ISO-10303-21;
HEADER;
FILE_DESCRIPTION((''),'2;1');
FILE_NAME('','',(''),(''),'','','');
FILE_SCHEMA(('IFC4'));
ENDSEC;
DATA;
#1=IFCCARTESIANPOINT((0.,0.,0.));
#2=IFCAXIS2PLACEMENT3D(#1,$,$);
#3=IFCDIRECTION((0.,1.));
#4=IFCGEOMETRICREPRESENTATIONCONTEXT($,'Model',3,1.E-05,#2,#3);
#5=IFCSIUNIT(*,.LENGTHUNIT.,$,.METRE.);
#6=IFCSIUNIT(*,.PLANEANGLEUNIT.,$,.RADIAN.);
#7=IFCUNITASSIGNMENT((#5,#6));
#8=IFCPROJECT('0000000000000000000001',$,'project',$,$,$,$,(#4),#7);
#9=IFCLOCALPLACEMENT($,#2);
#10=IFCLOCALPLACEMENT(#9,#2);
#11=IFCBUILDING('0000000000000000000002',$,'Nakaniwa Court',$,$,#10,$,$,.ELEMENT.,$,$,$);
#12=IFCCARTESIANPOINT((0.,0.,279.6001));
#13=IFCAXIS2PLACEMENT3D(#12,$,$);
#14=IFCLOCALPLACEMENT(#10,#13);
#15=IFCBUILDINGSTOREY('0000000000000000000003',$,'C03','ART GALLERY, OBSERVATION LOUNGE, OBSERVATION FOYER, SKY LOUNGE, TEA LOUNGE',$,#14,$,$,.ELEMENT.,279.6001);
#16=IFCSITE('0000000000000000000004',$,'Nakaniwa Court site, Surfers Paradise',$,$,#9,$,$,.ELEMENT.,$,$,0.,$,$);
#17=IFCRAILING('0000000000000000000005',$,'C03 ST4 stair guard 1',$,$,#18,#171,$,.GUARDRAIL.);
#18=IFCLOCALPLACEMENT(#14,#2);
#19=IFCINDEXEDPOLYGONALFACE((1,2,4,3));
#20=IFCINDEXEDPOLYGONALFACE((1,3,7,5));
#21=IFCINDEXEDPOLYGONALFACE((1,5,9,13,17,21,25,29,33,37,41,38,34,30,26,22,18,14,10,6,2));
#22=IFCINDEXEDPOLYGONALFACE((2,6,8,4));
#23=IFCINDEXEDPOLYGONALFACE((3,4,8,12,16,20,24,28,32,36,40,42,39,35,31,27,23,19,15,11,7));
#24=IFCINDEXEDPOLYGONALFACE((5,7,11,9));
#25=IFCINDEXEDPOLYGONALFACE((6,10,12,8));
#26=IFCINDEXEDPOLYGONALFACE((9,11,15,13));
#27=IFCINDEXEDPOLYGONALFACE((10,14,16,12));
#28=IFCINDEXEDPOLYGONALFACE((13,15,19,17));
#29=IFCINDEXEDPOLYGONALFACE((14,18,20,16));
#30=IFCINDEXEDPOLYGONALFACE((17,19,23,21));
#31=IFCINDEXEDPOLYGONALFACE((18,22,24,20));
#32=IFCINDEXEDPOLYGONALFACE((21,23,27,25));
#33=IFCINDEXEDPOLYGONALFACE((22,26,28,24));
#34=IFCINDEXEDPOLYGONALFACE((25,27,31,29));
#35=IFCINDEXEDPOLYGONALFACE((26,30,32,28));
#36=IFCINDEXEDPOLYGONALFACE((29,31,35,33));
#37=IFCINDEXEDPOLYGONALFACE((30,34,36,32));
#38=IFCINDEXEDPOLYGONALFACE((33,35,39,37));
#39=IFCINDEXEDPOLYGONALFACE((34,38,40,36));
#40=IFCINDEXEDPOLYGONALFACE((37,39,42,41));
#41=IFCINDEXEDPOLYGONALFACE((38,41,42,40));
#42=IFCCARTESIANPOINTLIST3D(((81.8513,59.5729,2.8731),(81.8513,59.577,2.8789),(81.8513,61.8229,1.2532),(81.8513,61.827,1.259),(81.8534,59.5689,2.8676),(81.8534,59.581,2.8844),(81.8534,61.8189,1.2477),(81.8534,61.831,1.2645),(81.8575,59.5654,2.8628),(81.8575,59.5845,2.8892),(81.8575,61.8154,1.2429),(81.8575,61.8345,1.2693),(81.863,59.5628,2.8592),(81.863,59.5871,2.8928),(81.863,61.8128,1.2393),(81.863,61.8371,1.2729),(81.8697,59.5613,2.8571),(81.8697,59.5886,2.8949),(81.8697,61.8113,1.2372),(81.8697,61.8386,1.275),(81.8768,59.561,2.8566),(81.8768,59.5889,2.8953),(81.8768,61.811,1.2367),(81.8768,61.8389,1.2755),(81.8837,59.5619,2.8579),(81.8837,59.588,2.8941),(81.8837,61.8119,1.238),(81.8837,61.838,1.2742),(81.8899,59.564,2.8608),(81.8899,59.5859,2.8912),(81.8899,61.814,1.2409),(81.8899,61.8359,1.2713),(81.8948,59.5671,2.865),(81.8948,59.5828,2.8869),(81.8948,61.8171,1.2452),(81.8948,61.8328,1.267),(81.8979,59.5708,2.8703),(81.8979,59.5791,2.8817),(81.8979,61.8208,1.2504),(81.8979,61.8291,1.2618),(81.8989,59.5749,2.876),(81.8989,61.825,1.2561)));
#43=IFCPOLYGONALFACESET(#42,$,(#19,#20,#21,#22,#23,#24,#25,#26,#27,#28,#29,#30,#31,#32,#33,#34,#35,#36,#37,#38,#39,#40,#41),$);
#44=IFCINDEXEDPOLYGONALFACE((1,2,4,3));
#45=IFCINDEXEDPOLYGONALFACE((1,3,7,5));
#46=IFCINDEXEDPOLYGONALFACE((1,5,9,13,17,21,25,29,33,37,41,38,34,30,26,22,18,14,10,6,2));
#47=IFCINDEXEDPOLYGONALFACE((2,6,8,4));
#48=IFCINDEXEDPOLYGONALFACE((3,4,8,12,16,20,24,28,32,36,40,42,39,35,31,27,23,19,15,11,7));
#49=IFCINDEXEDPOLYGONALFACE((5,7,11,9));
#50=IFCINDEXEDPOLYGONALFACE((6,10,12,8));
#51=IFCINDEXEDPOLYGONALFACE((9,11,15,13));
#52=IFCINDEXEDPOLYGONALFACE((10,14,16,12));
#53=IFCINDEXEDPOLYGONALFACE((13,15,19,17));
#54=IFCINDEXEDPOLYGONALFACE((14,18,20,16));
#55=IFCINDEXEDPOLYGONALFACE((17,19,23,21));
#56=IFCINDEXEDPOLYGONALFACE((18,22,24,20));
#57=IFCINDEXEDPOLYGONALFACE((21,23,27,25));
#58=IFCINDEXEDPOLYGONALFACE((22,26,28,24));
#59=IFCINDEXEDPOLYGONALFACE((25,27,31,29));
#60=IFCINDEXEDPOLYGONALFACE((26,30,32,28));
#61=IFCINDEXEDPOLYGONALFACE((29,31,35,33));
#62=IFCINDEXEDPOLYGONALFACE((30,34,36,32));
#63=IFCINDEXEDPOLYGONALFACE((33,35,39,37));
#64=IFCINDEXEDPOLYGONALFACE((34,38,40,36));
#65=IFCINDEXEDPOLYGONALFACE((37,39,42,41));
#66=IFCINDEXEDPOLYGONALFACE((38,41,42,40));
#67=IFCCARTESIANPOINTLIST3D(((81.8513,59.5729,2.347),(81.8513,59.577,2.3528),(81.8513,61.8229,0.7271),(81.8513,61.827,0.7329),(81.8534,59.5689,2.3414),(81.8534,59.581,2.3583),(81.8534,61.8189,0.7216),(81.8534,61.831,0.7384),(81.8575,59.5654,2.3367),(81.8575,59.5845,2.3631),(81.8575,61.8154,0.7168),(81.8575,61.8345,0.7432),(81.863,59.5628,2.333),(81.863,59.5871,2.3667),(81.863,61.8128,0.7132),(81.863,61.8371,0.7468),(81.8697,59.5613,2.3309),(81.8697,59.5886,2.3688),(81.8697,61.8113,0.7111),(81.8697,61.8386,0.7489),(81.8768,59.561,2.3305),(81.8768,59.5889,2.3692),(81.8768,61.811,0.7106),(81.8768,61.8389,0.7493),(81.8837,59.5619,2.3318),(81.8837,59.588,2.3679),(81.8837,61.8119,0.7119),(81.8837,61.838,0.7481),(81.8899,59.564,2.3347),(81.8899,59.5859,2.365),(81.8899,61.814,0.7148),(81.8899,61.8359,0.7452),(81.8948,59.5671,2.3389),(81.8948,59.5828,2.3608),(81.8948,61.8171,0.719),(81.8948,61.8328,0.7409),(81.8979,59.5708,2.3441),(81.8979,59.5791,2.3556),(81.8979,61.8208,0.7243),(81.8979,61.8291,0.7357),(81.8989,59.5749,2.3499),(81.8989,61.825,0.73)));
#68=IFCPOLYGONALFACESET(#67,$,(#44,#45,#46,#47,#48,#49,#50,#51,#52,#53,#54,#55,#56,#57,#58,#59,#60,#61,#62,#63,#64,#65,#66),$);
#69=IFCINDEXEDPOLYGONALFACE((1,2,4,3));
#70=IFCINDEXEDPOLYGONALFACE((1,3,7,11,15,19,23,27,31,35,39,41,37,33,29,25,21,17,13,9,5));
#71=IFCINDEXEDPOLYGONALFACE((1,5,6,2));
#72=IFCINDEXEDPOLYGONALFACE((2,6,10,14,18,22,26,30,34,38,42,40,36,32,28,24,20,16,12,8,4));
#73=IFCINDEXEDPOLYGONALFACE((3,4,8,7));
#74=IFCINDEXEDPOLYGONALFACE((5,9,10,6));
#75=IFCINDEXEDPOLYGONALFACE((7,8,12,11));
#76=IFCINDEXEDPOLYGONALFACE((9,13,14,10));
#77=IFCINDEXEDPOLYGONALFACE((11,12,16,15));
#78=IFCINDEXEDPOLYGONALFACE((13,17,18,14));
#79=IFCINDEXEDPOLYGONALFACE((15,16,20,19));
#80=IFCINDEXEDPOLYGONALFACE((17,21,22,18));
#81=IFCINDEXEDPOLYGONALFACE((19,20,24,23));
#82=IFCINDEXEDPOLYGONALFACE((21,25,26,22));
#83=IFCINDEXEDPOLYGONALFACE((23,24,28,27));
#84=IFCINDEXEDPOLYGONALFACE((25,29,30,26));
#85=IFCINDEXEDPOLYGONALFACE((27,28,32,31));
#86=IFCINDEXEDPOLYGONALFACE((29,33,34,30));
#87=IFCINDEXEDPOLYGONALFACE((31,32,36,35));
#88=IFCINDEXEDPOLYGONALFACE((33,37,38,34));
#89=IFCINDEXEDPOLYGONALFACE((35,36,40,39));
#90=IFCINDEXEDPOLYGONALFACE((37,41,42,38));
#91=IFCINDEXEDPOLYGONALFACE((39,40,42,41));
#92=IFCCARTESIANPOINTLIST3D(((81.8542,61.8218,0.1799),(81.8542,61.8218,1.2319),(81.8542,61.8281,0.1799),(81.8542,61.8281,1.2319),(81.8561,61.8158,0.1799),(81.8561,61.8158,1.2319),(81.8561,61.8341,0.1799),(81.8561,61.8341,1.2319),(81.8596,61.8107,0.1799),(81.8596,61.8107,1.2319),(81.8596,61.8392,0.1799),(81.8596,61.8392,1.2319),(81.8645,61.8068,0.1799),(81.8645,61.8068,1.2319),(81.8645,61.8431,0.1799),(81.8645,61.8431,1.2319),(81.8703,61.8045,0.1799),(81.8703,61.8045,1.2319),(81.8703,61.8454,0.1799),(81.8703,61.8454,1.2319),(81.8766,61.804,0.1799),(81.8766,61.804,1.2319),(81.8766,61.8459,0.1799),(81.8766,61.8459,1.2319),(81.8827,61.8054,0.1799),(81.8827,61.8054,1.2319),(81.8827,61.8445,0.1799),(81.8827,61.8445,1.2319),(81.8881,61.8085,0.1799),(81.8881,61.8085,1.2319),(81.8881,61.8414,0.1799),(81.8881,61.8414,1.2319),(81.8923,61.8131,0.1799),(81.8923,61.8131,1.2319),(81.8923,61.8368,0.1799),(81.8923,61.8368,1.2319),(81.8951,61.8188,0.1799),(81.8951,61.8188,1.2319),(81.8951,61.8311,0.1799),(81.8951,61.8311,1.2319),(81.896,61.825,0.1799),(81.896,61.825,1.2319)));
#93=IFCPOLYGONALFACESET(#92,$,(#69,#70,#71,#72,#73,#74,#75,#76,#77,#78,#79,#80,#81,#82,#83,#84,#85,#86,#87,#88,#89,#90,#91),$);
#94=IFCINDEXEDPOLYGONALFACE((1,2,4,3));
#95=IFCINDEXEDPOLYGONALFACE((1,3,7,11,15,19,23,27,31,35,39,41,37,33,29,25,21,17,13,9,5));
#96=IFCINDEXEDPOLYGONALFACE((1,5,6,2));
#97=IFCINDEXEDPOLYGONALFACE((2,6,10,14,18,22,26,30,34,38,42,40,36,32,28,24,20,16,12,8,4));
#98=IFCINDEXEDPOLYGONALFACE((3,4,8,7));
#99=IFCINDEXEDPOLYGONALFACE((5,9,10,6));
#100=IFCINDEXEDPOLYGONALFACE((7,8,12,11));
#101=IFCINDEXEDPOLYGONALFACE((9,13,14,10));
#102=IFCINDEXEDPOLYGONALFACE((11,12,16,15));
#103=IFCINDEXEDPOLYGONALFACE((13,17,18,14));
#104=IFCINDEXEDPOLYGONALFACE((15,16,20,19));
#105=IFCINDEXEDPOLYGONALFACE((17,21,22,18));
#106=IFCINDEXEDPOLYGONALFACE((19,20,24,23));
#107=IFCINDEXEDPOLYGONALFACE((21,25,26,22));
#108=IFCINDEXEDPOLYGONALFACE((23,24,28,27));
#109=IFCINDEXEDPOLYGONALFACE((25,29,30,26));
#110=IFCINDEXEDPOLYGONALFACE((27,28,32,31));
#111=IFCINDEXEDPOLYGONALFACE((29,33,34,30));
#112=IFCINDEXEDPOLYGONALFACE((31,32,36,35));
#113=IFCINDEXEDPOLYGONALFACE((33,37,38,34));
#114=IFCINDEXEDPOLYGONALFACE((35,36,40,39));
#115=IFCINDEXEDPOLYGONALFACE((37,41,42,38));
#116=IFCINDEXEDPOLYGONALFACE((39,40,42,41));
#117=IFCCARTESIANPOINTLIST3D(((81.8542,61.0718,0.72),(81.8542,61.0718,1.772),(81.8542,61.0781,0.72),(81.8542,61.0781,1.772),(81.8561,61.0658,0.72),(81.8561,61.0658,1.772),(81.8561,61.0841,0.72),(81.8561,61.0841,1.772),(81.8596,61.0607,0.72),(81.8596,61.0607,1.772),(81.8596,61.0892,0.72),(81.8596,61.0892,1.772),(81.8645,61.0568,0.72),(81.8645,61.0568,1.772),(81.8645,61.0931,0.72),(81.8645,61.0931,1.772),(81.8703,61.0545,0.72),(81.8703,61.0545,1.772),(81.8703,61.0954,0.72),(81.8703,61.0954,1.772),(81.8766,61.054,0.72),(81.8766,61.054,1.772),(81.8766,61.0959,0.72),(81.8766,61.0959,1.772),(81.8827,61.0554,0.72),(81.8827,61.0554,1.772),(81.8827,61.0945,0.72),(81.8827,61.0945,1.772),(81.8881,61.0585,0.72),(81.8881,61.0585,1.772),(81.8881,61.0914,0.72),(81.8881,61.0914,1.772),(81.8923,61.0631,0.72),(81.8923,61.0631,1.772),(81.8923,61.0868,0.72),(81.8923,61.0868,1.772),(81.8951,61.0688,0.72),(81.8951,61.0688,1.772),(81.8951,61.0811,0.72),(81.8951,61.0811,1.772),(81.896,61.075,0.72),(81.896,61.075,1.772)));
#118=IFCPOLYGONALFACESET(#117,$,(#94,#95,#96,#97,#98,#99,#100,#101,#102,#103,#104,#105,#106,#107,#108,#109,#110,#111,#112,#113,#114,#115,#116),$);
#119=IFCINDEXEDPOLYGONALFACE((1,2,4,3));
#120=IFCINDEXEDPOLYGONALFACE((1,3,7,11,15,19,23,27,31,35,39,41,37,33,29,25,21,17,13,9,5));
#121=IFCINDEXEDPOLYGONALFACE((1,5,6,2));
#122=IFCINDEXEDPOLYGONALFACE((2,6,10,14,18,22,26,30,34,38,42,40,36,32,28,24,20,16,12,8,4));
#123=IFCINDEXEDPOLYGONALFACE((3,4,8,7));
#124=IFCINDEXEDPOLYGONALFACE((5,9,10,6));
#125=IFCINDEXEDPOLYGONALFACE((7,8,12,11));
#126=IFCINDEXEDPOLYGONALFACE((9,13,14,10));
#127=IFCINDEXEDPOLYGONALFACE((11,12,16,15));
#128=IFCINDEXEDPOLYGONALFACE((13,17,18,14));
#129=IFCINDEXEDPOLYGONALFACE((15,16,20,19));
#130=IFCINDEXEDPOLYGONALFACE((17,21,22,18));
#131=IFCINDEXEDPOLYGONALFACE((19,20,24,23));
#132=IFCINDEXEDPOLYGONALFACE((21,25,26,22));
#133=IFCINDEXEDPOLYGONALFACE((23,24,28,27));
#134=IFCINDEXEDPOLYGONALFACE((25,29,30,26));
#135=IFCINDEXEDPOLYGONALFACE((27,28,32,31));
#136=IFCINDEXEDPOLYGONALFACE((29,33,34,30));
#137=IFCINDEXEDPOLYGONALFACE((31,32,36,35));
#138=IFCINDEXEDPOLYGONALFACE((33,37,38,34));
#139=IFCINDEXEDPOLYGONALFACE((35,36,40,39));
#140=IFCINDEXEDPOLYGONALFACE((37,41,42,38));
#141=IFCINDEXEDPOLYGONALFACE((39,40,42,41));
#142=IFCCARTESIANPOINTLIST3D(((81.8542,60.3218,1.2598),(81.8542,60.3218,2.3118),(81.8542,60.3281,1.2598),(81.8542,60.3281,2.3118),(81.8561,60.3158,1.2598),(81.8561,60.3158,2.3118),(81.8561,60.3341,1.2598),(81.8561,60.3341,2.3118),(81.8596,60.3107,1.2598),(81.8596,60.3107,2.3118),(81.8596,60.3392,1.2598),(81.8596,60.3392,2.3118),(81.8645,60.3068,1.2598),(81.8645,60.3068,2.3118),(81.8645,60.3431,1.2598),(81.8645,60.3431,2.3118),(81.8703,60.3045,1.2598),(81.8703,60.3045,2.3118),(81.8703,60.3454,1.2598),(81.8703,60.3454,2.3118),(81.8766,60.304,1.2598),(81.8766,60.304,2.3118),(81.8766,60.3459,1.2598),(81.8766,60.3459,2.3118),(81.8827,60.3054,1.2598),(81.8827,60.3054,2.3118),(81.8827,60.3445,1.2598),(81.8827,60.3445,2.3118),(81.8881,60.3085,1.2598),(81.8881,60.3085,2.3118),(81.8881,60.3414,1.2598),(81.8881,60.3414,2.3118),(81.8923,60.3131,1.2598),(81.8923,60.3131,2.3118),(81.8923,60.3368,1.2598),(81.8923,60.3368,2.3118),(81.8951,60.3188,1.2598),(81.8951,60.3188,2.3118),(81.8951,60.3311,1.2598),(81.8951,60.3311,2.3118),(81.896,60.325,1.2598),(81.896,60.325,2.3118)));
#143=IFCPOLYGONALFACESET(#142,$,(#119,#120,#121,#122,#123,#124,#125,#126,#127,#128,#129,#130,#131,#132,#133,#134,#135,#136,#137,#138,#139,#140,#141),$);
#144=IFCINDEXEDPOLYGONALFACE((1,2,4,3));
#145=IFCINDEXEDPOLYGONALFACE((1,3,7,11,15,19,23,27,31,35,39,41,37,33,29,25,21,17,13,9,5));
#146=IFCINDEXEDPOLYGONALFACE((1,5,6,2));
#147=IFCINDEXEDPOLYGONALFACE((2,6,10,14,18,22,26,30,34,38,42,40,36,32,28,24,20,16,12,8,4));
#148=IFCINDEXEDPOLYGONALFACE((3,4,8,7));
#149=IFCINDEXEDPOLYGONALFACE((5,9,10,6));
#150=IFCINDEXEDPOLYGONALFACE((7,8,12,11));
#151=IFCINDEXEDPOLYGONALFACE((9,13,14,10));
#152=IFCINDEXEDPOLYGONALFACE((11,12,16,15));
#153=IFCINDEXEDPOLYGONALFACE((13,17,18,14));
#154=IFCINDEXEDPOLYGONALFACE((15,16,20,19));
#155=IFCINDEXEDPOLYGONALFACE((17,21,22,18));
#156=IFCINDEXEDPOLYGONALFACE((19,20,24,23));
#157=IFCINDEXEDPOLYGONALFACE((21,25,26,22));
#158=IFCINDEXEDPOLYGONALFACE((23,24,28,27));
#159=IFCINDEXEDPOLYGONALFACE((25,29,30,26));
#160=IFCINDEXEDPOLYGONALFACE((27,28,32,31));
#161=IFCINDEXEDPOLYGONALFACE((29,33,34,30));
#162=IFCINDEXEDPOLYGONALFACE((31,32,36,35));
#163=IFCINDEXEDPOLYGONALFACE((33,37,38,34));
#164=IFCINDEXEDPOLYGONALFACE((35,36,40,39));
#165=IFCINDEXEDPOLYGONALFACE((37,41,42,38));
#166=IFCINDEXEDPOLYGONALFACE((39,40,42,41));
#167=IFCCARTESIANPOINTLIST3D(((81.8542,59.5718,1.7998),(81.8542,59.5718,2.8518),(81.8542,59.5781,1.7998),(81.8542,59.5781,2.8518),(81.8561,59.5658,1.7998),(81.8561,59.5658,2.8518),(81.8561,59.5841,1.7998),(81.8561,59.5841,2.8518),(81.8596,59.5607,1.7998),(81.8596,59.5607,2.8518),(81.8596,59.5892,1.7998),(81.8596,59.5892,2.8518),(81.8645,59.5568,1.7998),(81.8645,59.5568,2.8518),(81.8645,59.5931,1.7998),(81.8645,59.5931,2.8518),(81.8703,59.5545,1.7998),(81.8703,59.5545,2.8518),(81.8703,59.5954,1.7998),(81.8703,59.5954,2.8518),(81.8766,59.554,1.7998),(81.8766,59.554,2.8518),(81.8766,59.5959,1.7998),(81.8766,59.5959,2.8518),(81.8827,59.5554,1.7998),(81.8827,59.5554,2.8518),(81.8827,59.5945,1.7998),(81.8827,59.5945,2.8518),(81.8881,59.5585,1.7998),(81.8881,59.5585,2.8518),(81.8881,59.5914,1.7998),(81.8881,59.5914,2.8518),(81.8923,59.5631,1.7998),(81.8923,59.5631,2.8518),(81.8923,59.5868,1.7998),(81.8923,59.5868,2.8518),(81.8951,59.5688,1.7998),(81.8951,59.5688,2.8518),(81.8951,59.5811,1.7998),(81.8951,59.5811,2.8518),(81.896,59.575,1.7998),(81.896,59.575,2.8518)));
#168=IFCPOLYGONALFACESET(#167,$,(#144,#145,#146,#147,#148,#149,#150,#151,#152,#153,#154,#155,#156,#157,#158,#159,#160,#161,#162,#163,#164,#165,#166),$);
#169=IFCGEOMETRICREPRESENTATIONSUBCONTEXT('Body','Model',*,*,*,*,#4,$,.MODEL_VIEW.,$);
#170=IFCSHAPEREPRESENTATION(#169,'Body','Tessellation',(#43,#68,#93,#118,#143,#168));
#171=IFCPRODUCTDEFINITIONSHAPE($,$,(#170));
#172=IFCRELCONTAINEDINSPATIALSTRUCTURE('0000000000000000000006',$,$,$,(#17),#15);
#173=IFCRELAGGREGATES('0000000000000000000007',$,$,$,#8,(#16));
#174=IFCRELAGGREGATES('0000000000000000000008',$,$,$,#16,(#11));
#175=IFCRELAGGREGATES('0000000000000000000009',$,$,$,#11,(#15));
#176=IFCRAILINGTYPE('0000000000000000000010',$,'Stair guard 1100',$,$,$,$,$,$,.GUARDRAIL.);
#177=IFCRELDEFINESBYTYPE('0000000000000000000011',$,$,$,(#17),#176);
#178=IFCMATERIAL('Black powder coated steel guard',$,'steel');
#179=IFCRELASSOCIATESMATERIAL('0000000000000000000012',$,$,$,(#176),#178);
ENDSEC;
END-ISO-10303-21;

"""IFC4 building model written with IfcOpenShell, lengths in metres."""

from ifc_helpers import new_model, si_unit, direction, frame, origin, origin_2d, place, context, subcontext, project, spatial, circle, extrude, material, type_object, element, save


model = new_model("IFC4")

# Units and contexts
model_context = context("Model", 3, precision=1e-05, world=origin(), true_north=direction((0.0, 1.0)))
body_context = subcontext(model_context, "Body", "Model", "MODEL_VIEW")
ifc_project = project(units=[si_unit("LENGTHUNIT", "METRE"), si_unit("PLANEANGLEUNIT", "RADIAN")], contexts=[model_context])

# Site, building, storey
site_placement = place(None, origin())
site = spatial("IfcSite", under=ifc_project, at=site_placement, Name="Nakaniwa Court site, Surfers Paradise", CompositionType="ELEMENT", RefElevation=0.0)
building_placement = place(site_placement, origin())
building = spatial("IfcBuilding", under=site, at=building_placement, Name="Nakaniwa Court", CompositionType="ELEMENT")
storey_placement = place(building_placement, frame((0.0, 0.0, 279.6001)))
storey = spatial("IfcBuildingStorey", under=building, at=storey_placement, Name="C03", Description="ART GALLERY, OBSERVATION LOUNGE, OBSERVATION FOYER, SKY LOUNGE, TEA LOUNGE", CompositionType="ELEMENT", Elevation=279.6001)

# Railing
ifc_material_1 = material(Name="Black powder coated steel guard", Category="steel")
railing_type_1 = type_object("IfcRailingType", Name="Stair guard 1100", PredefinedType="GUARDRAIL", material=ifc_material_1)
railing_1_placement = place(storey_placement, frame((81.875, 61.825, 0.1799)))
element("IfcRailing", 1, at=railing_1_placement, inside=storey, type_object=railing_type_1, Name="C03 ST4 stair guard 1", PredefinedType="GUARDRAIL", context=body_context, shape_type="SweptSolid", body=[
    extrude(circle(Radius=0.0239, at=origin_2d()), frame((0.0, 0.0, 1.0762), z_axis=(0.0, -0.811556, 0.584275), x_axis=(1.0, 0.0, 0.0)), (0.0, 0.0, 1.0), 2.7725),
    extrude(circle(Radius=0.0239, at=origin_2d()), frame((0.0, 0.0, 0.55), z_axis=(0.0, -0.811556, 0.584275), x_axis=(1.0, 0.0, 0.0)), (0.0, 0.0, 1.0), 2.7725),
    extrude(circle(Radius=0.021, at=origin_2d()), origin(), (0.0, 0.0, 1.0), 1.052),
    extrude(circle(Radius=0.021, at=origin_2d()), frame((0.0, -0.75, 0.54)), (0.0, 0.0, 1.0), 1.052),
    extrude(circle(Radius=0.021, at=origin_2d()), frame((0.0, -1.5, 1.0798)), (0.0, 0.0, 1.0), 1.052),
    extrude(circle(Radius=0.021, at=origin_2d()), frame((0.0, -2.25, 1.6199)), (0.0, 0.0, 1.0), 1.052),
])

save(model, "model.ifc")
